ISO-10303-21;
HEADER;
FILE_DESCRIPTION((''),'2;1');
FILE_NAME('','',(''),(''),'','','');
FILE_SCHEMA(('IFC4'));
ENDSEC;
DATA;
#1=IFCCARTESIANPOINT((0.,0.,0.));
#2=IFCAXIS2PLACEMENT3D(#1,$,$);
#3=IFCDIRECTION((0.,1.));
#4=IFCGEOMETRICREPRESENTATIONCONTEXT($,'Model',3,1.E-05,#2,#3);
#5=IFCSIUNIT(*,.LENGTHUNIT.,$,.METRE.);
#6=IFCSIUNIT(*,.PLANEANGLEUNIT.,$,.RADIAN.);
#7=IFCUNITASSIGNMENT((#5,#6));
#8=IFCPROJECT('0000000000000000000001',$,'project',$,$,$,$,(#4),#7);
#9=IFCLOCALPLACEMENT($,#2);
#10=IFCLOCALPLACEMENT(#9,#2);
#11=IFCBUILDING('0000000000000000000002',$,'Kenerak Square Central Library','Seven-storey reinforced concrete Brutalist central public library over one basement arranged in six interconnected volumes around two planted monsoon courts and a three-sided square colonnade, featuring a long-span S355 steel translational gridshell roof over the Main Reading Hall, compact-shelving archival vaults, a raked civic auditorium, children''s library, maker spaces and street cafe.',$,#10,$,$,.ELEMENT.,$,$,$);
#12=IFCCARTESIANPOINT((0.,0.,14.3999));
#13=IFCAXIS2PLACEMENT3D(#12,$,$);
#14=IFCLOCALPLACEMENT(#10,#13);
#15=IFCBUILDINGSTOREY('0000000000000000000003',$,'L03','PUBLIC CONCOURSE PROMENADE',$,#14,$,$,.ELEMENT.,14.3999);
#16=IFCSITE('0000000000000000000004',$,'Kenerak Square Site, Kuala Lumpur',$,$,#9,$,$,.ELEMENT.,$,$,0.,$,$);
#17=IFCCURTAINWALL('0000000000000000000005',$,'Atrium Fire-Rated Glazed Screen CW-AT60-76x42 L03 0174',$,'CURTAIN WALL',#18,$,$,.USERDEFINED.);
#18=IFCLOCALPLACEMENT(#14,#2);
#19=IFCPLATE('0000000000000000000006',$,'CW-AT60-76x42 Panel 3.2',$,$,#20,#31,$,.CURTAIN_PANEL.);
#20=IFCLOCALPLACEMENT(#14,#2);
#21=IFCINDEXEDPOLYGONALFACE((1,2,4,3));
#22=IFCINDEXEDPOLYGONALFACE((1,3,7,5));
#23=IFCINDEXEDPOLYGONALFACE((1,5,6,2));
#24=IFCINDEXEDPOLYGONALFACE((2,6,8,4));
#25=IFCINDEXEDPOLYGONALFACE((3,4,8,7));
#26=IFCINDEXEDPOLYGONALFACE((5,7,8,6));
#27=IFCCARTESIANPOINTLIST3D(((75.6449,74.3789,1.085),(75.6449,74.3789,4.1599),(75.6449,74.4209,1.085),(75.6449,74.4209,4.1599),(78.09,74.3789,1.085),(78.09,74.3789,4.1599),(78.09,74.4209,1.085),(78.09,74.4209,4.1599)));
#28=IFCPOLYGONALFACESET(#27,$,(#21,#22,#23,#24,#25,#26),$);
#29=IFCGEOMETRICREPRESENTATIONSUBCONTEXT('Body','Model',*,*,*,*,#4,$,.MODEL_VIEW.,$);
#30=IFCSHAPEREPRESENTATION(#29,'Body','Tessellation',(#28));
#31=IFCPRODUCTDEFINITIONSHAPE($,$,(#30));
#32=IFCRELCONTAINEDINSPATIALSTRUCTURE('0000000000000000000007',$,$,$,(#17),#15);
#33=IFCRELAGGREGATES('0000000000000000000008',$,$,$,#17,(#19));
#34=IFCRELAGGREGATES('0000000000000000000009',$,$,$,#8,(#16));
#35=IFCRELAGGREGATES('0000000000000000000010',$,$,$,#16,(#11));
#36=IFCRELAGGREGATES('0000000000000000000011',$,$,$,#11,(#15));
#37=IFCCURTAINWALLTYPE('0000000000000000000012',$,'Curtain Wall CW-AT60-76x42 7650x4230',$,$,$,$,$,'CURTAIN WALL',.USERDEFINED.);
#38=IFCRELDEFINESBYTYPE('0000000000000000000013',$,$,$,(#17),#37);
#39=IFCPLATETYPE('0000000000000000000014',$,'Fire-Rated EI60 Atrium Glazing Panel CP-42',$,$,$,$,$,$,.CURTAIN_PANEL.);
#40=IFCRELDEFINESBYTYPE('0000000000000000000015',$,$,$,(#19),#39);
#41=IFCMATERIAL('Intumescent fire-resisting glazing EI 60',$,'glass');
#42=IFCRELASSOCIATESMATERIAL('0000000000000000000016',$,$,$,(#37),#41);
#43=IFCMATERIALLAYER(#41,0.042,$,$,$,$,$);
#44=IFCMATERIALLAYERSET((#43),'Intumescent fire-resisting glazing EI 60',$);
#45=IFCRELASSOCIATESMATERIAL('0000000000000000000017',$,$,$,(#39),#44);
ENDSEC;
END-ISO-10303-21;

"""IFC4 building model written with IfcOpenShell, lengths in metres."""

from ifc_helpers import new_model, si_unit, direction, frame, origin, origin_2d, place, context, subcontext, project, spatial, rectangle, extrude, material, layer, layer_set, type_object, element, aggregate, save


model = new_model("IFC4")

# Units and contexts
model_context = context("Model", 3, precision=1e-05, world=origin(), true_north=direction((0.0, 1.0)))
body_context = subcontext(model_context, "Body", "Model", "MODEL_VIEW")
ifc_project = project(units=[si_unit("LENGTHUNIT", "METRE"), si_unit("PLANEANGLEUNIT", "RADIAN")], contexts=[model_context])

# Site, building, storey
site_placement = place(None, origin())
site = spatial("IfcSite", under=ifc_project, at=site_placement, Name="Kenerak Square Site, Kuala Lumpur", CompositionType="ELEMENT", RefElevation=0.0)
building_placement = place(site_placement, origin())
building = spatial("IfcBuilding", under=site, at=building_placement, Name="Kenerak Square Central Library", Description="Seven-storey reinforced concrete Brutalist central public library over one basement arranged in six interconnected volumes around two planted monsoon courts and a three-sided square colonnade, featuring a long-span S355 steel translational gridshell roof over the Main Reading Hall, compact-shelving archival vaults, a raked civic auditorium, children's library, maker spaces and street cafe.", CompositionType="ELEMENT")
storey_placement = place(building_placement, frame((0.0, 0.0, 14.3999)))
storey = spatial("IfcBuildingStorey", under=building, at=storey_placement, Name="L03", Description="PUBLIC CONCOURSE PROMENADE", CompositionType="ELEMENT", Elevation=14.3999)

# Curtain wall
ifc_material_1 = material(Name="Intumescent fire-resisting glazing EI 60", Category="glass")
curtain_wall_type = type_object("IfcCurtainWallType", Name="Curtain Wall CW-AT60-76x42 7650x4230", ElementType="CURTAIN WALL", PredefinedType="USERDEFINED", material=ifc_material_1)
curtain_wall_placement = place(storey_placement, origin())
curtain_wall = element("IfcCurtainWall", 1, at=curtain_wall_placement, inside=storey, type_object=curtain_wall_type, Name="Atrium Fire-Rated Glazed Screen CW-AT60-76x42 L03 0174", ObjectType="CURTAIN WALL", PredefinedType="USERDEFINED")

# Plate
ifc_layer = layer(ifc_material_1, 0.042)
ifc_layer_set = layer_set([ifc_layer], Name="Intumescent fire-resisting glazing EI 60")
plate_type = type_object("IfcPlateType", Name="Fire-Rated EI60 Atrium Glazing Panel CP-42", PredefinedType="CURTAIN_PANEL", material=ifc_layer_set)
plate_1_placement = place(storey_placement, frame((76.8674, 74.3999, 1.085), z_axis=(0.0, 0.0, 1.0), x_axis=(-1.0, 0.0, 0.0)))
plate_1 = element("IfcPlate", 2, at=plate_1_placement, type_object=plate_type, Name="CW-AT60-76x42 Panel 3.2", PredefinedType="CURTAIN_PANEL", context=body_context, shape_type="SweptSolid", body=[
    extrude(rectangle(XDim=2.4451, YDim=0.042, at=origin_2d()), origin(), (0.0, 0.0, 1.0), 3.075),
])
aggregate(curtain_wall, [plate_1])

save(model, "model.ifc")
